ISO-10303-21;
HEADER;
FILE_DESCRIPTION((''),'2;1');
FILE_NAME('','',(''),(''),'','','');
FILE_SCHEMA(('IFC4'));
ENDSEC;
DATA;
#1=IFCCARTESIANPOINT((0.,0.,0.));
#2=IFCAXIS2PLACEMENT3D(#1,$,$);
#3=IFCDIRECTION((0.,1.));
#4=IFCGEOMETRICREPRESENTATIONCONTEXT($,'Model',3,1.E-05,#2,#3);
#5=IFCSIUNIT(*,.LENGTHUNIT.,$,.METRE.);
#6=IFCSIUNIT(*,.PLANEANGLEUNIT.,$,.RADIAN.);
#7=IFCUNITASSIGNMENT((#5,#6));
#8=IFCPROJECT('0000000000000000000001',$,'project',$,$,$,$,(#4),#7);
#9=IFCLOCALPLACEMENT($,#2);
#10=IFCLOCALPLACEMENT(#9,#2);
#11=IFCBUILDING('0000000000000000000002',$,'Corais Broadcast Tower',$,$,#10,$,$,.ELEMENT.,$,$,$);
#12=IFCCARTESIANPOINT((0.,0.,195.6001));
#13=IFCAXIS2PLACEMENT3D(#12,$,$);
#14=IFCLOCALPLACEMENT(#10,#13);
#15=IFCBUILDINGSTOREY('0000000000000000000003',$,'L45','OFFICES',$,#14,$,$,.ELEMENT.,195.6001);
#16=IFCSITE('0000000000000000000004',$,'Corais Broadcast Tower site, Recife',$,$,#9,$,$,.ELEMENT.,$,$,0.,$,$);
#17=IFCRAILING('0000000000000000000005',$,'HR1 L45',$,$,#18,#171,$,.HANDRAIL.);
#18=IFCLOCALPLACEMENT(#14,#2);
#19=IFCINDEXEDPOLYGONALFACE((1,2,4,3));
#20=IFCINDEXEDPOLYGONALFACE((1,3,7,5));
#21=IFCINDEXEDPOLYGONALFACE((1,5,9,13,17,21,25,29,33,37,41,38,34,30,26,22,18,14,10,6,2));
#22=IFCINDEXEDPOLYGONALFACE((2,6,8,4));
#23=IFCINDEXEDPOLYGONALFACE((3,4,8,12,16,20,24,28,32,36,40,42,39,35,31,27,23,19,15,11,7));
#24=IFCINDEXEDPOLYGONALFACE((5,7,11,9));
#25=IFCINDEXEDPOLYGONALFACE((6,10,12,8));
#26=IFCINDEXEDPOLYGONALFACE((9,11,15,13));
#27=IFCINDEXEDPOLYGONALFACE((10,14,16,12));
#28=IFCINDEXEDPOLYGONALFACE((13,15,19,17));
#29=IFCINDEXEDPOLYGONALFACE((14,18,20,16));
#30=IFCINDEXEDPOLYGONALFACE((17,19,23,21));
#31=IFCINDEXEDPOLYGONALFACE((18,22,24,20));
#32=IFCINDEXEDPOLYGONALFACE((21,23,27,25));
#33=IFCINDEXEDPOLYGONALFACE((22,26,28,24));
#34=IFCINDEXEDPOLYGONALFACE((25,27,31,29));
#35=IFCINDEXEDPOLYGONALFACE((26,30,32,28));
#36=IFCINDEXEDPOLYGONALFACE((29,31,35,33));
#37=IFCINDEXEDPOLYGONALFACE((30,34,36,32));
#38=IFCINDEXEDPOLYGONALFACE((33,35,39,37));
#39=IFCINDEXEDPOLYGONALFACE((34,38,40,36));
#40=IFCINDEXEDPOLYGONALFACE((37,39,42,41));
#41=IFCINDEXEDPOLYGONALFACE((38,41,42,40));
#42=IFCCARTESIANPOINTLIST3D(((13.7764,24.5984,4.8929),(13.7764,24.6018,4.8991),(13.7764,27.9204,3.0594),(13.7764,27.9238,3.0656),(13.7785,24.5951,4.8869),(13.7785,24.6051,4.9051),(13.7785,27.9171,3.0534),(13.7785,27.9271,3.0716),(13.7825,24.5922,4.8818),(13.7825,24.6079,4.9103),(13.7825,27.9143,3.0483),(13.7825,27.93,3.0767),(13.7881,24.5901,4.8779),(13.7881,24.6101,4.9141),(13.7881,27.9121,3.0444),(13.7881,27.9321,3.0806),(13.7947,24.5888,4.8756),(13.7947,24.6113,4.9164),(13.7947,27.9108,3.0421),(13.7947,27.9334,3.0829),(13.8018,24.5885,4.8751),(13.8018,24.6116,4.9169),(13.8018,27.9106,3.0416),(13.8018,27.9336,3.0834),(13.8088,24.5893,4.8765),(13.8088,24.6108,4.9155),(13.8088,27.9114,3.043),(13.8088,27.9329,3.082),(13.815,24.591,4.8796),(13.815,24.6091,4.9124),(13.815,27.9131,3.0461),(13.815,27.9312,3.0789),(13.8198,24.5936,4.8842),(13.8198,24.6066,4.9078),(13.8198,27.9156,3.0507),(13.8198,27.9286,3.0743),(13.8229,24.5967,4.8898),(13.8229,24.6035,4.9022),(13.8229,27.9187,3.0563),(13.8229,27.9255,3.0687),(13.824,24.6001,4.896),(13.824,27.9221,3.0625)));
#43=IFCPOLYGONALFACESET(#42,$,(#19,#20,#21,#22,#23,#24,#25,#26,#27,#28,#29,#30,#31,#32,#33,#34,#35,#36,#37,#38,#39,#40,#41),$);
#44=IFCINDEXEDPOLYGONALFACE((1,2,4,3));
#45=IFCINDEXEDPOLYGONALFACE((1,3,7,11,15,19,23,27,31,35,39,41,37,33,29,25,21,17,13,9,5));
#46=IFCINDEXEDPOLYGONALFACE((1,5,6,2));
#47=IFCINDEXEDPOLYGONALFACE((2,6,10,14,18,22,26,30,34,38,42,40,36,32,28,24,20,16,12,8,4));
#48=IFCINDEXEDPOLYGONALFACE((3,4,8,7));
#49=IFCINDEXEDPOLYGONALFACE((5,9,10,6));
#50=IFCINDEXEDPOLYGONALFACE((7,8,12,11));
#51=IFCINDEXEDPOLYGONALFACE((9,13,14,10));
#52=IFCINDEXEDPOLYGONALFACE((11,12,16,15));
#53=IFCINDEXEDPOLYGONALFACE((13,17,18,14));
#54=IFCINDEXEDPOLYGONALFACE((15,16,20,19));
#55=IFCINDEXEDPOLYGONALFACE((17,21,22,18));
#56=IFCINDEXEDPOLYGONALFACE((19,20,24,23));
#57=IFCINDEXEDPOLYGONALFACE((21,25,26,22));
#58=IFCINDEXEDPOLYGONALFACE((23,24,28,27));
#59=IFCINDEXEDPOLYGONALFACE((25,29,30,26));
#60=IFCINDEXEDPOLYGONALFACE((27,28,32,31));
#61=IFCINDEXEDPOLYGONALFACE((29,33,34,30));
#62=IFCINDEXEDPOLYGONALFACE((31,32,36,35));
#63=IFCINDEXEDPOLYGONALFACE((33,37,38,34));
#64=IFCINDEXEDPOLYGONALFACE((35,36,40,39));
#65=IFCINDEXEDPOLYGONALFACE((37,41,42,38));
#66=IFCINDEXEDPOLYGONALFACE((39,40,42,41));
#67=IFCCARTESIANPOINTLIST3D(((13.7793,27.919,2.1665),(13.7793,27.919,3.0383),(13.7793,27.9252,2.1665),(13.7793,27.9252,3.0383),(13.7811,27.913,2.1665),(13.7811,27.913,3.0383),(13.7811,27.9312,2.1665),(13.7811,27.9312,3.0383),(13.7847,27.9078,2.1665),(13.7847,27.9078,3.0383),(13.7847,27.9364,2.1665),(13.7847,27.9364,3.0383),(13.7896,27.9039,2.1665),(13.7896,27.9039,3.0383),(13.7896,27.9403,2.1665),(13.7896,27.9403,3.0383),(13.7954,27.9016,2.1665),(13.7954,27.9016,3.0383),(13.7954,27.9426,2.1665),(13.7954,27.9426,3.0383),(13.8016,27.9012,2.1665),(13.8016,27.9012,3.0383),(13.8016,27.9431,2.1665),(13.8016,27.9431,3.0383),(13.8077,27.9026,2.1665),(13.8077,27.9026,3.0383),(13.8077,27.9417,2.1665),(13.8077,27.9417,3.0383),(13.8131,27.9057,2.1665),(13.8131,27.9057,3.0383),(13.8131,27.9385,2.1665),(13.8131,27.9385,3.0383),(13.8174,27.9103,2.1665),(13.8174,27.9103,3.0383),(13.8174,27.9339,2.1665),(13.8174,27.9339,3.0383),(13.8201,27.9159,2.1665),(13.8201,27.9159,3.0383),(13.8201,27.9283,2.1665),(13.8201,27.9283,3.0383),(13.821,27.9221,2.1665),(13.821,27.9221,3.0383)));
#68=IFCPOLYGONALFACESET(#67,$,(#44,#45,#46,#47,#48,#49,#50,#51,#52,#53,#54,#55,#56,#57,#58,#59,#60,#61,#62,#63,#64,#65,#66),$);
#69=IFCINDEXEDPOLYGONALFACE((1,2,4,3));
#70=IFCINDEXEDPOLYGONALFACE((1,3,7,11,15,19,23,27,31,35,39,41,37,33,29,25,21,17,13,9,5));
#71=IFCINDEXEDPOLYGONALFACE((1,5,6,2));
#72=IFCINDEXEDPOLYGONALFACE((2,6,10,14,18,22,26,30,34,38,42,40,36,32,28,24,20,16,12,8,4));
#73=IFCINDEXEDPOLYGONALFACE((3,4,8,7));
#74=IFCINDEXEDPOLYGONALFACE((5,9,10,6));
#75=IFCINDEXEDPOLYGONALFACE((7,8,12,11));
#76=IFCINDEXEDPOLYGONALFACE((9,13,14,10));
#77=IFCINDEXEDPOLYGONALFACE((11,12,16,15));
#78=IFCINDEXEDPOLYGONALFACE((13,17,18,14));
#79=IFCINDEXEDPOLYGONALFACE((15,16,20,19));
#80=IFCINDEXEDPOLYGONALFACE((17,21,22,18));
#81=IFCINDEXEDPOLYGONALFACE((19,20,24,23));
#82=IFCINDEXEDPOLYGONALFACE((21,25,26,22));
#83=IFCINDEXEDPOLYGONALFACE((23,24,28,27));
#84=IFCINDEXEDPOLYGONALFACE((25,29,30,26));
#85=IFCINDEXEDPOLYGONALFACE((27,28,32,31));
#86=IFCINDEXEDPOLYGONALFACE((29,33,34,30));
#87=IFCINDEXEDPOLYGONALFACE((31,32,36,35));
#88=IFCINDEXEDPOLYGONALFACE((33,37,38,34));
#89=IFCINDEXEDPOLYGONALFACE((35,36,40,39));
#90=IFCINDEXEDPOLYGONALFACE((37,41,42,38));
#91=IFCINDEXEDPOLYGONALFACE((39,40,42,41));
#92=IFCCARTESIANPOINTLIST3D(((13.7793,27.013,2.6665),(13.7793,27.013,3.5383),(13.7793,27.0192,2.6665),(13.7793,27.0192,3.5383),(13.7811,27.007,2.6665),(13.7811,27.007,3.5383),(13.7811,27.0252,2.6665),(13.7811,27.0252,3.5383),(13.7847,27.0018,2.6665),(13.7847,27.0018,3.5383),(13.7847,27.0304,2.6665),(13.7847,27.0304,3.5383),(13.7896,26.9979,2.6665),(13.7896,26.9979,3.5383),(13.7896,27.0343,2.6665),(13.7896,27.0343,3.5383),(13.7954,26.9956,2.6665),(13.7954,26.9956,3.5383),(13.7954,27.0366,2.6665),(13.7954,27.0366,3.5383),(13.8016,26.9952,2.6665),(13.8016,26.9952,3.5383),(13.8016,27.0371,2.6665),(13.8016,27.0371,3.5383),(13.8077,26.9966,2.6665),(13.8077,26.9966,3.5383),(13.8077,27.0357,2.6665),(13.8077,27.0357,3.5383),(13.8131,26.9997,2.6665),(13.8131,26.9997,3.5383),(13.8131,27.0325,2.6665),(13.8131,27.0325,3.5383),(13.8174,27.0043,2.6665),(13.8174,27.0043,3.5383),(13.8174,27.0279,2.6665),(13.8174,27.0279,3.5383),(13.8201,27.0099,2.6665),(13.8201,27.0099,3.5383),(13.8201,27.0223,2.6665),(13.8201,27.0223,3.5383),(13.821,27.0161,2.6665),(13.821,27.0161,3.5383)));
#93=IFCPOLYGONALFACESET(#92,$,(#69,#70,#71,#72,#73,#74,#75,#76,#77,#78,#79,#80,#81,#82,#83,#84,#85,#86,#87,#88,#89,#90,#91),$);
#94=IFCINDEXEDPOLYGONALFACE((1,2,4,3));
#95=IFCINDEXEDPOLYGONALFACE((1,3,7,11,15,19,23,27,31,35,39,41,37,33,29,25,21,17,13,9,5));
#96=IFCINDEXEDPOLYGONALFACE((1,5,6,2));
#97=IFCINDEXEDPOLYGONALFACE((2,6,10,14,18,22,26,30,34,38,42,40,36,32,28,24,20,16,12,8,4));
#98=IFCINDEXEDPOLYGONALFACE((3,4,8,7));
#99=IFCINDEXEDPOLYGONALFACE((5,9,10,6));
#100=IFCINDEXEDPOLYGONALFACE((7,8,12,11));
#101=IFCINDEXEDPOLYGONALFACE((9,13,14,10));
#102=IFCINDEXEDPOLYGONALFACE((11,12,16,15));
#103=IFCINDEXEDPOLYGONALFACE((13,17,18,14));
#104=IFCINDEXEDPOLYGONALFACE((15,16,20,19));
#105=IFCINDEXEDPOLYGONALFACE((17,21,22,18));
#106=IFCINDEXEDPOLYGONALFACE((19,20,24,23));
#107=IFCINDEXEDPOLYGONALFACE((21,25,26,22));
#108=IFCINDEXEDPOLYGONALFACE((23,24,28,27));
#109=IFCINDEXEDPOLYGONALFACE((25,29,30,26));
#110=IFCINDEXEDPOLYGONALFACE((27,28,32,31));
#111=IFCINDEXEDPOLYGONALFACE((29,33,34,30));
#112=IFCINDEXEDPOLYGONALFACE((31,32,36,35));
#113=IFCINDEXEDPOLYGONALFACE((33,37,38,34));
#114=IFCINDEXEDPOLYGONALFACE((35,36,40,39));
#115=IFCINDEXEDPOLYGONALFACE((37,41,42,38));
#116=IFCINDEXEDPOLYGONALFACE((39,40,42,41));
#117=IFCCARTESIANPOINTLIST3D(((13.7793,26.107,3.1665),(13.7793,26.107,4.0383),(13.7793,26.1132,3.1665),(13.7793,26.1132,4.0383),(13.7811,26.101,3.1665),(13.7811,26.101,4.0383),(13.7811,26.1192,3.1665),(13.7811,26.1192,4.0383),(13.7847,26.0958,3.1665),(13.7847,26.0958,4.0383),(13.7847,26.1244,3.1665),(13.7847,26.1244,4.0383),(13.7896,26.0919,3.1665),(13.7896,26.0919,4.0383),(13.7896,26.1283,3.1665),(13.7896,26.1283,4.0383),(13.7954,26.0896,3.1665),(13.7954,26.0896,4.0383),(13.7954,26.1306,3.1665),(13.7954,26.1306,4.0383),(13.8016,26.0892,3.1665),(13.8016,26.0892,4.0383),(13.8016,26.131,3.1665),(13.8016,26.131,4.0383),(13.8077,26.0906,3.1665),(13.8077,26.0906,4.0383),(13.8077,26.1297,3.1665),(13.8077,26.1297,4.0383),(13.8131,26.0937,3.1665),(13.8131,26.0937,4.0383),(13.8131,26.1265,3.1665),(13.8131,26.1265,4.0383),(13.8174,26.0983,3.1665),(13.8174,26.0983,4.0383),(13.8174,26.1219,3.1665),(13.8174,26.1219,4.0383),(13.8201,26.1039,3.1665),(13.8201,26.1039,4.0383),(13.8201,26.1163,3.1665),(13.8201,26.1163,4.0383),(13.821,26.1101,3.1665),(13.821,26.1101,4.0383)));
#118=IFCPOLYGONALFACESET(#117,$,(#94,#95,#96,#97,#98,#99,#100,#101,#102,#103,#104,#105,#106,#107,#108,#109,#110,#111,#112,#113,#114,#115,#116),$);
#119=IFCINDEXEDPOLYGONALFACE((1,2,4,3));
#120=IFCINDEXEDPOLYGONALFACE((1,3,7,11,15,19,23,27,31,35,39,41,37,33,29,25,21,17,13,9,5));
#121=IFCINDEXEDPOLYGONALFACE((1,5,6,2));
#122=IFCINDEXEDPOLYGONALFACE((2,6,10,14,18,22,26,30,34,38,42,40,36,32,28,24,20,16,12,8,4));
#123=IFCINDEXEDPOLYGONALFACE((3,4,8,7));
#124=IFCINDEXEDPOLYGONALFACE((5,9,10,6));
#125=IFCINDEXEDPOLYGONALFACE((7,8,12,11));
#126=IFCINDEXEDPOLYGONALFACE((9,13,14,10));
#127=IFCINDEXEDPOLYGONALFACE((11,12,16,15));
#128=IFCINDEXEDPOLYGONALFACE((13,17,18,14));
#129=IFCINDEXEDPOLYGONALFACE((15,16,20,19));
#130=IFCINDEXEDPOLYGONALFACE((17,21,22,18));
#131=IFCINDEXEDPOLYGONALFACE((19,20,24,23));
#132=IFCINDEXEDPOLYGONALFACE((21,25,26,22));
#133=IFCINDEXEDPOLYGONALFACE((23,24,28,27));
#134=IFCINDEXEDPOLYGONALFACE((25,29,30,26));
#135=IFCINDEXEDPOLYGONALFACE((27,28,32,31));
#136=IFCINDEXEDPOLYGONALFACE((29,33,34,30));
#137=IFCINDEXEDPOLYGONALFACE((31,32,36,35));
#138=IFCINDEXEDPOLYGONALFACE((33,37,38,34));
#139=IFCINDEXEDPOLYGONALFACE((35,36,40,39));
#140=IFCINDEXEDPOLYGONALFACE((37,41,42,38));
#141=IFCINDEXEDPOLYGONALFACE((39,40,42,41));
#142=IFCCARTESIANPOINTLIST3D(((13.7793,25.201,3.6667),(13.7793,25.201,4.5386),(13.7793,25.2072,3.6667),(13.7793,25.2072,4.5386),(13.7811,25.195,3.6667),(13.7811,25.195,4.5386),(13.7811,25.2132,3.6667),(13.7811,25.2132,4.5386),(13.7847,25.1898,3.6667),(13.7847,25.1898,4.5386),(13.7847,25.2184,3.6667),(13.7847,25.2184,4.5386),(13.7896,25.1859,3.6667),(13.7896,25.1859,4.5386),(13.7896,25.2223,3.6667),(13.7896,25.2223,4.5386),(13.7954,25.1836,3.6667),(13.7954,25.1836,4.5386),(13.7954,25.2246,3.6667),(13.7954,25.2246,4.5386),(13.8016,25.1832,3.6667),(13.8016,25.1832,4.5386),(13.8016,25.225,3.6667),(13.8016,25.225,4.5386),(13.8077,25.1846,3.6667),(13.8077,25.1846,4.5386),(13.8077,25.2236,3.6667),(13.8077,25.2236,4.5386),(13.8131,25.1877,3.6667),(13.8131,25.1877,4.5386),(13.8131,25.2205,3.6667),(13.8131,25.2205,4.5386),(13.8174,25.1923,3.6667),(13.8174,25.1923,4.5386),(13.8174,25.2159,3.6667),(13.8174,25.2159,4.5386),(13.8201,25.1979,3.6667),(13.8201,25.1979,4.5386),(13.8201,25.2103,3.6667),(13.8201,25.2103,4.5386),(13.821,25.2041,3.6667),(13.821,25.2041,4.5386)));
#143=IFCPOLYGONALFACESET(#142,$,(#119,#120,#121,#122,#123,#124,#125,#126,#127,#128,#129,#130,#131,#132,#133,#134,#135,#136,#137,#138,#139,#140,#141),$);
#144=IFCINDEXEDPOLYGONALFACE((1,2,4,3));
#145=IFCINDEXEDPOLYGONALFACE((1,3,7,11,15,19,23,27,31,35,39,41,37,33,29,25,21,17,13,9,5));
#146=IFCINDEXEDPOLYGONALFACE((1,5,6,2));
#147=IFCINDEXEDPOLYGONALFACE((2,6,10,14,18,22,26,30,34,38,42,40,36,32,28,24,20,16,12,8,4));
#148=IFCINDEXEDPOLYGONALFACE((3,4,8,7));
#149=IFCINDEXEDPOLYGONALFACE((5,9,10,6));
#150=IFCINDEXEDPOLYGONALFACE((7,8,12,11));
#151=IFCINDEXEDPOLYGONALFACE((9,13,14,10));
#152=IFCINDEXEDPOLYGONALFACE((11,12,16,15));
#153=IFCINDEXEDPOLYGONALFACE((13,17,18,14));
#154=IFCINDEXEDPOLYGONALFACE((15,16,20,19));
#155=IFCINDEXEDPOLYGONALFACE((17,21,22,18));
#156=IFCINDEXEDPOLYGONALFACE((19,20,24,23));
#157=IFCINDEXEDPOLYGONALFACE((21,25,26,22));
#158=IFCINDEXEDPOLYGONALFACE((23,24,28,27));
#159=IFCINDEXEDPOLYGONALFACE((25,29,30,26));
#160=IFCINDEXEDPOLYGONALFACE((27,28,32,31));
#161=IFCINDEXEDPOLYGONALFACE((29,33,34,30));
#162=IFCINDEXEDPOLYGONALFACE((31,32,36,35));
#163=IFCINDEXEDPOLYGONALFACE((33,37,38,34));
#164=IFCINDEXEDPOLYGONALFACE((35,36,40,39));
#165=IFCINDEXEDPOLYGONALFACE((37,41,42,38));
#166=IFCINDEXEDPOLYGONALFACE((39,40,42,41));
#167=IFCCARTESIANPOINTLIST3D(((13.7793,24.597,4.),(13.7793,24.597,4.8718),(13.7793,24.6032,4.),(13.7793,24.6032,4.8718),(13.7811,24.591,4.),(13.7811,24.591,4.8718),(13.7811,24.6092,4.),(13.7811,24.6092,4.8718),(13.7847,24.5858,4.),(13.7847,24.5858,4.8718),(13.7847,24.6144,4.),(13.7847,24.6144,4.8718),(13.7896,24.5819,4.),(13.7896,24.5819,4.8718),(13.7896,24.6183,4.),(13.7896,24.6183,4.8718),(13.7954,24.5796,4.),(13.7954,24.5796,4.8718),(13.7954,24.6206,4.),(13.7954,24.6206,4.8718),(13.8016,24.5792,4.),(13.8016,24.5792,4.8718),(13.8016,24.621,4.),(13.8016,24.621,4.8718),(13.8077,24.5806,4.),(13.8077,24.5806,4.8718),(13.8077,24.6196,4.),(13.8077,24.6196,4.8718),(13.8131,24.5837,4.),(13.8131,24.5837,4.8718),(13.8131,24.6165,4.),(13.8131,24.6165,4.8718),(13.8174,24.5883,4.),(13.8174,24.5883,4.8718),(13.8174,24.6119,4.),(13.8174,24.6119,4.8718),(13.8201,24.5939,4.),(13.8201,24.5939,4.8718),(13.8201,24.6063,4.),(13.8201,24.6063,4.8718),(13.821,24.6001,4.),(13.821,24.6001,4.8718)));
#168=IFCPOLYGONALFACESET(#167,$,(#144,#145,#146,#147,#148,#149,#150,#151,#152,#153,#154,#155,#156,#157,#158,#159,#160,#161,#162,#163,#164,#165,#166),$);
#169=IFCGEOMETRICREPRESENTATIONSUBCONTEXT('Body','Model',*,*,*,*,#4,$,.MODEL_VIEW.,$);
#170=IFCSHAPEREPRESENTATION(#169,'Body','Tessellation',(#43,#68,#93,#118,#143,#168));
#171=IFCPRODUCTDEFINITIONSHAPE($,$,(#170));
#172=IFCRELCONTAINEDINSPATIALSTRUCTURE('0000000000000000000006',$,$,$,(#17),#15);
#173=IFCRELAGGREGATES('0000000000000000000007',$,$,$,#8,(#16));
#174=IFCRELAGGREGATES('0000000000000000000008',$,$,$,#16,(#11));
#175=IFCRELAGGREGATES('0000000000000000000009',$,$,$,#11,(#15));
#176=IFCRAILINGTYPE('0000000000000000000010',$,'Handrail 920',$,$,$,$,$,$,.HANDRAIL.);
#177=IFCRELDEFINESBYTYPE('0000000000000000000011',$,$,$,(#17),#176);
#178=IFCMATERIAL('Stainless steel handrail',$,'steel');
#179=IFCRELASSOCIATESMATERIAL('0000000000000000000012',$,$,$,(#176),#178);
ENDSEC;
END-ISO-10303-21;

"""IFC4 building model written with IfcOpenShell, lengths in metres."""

from ifc_helpers import new_model, si_unit, direction, frame, origin, origin_2d, place, context, subcontext, project, spatial, circle, extrude, material, type_object, element, save


model = new_model("IFC4")

# Units and contexts
model_context = context("Model", 3, precision=1e-05, world=origin(), true_north=direction((0.0, 1.0)))
body_context = subcontext(model_context, "Body", "Model", "MODEL_VIEW")
ifc_project = project(units=[si_unit("LENGTHUNIT", "METRE"), si_unit("PLANEANGLEUNIT", "RADIAN")], contexts=[model_context])

# Site, building, storey
site_placement = place(None, origin())
site = spatial("IfcSite", under=ifc_project, at=site_placement, Name="Corais Broadcast Tower site, Recife", CompositionType="ELEMENT", RefElevation=0.0)
building_placement = place(site_placement, origin())
building = spatial("IfcBuilding", under=site, at=building_placement, Name="Corais Broadcast Tower", CompositionType="ELEMENT")
storey_placement = place(building_placement, frame((0.0, 0.0, 195.6001)))
storey = spatial("IfcBuildingStorey", under=building, at=storey_placement, Name="L45", Description="OFFICES", CompositionType="ELEMENT", Elevation=195.6001)

# Railing
ifc_material_1 = material(Name="Stainless steel handrail", Category="steel")
railing_type = type_object("IfcRailingType", Name="Handrail 920", PredefinedType="HANDRAIL", material=ifc_material_1)
for number, where, name in (
    (1, (13.8, 27.9221, 2.1665), "HR1 L45"),
):
    element("IfcRailing", number, at=place(storey_placement, frame(where)), inside=storey, type_object=railing_type, Name=name, PredefinedType="HANDRAIL", context=body_context, shape_type="SweptSolid", body=[
        extrude(circle(Radius=0.0239, at=origin_2d()), frame((0.0, 0.0, 0.896), z_axis=(0.0, -0.875504, 0.48321), x_axis=(1.0, 0.0, 0.0)), (0.0, 0.0, 1.0), 3.7944),
        extrude(circle(Radius=0.021, at=origin_2d()), origin(), (0.0, 0.0, 1.0), 0.8718),
        extrude(circle(Radius=0.021, at=origin_2d()), frame((0.0, -0.906, 0.5)), (0.0, 0.0, 1.0), 0.8718),
        extrude(circle(Radius=0.021, at=origin_2d()), frame((0.0, -1.812, 1.0)), (0.0, 0.0, 1.0), 0.8718),
        extrude(circle(Radius=0.021, at=origin_2d()), frame((0.0, -2.718, 1.5002)), (0.0, 0.0, 1.0), 0.8718),
        extrude(circle(Radius=0.021, at=origin_2d()), frame((0.0, -3.322, 1.8335)), (0.0, 0.0, 1.0), 0.8718),
    ])

save(model, "model.ifc")
